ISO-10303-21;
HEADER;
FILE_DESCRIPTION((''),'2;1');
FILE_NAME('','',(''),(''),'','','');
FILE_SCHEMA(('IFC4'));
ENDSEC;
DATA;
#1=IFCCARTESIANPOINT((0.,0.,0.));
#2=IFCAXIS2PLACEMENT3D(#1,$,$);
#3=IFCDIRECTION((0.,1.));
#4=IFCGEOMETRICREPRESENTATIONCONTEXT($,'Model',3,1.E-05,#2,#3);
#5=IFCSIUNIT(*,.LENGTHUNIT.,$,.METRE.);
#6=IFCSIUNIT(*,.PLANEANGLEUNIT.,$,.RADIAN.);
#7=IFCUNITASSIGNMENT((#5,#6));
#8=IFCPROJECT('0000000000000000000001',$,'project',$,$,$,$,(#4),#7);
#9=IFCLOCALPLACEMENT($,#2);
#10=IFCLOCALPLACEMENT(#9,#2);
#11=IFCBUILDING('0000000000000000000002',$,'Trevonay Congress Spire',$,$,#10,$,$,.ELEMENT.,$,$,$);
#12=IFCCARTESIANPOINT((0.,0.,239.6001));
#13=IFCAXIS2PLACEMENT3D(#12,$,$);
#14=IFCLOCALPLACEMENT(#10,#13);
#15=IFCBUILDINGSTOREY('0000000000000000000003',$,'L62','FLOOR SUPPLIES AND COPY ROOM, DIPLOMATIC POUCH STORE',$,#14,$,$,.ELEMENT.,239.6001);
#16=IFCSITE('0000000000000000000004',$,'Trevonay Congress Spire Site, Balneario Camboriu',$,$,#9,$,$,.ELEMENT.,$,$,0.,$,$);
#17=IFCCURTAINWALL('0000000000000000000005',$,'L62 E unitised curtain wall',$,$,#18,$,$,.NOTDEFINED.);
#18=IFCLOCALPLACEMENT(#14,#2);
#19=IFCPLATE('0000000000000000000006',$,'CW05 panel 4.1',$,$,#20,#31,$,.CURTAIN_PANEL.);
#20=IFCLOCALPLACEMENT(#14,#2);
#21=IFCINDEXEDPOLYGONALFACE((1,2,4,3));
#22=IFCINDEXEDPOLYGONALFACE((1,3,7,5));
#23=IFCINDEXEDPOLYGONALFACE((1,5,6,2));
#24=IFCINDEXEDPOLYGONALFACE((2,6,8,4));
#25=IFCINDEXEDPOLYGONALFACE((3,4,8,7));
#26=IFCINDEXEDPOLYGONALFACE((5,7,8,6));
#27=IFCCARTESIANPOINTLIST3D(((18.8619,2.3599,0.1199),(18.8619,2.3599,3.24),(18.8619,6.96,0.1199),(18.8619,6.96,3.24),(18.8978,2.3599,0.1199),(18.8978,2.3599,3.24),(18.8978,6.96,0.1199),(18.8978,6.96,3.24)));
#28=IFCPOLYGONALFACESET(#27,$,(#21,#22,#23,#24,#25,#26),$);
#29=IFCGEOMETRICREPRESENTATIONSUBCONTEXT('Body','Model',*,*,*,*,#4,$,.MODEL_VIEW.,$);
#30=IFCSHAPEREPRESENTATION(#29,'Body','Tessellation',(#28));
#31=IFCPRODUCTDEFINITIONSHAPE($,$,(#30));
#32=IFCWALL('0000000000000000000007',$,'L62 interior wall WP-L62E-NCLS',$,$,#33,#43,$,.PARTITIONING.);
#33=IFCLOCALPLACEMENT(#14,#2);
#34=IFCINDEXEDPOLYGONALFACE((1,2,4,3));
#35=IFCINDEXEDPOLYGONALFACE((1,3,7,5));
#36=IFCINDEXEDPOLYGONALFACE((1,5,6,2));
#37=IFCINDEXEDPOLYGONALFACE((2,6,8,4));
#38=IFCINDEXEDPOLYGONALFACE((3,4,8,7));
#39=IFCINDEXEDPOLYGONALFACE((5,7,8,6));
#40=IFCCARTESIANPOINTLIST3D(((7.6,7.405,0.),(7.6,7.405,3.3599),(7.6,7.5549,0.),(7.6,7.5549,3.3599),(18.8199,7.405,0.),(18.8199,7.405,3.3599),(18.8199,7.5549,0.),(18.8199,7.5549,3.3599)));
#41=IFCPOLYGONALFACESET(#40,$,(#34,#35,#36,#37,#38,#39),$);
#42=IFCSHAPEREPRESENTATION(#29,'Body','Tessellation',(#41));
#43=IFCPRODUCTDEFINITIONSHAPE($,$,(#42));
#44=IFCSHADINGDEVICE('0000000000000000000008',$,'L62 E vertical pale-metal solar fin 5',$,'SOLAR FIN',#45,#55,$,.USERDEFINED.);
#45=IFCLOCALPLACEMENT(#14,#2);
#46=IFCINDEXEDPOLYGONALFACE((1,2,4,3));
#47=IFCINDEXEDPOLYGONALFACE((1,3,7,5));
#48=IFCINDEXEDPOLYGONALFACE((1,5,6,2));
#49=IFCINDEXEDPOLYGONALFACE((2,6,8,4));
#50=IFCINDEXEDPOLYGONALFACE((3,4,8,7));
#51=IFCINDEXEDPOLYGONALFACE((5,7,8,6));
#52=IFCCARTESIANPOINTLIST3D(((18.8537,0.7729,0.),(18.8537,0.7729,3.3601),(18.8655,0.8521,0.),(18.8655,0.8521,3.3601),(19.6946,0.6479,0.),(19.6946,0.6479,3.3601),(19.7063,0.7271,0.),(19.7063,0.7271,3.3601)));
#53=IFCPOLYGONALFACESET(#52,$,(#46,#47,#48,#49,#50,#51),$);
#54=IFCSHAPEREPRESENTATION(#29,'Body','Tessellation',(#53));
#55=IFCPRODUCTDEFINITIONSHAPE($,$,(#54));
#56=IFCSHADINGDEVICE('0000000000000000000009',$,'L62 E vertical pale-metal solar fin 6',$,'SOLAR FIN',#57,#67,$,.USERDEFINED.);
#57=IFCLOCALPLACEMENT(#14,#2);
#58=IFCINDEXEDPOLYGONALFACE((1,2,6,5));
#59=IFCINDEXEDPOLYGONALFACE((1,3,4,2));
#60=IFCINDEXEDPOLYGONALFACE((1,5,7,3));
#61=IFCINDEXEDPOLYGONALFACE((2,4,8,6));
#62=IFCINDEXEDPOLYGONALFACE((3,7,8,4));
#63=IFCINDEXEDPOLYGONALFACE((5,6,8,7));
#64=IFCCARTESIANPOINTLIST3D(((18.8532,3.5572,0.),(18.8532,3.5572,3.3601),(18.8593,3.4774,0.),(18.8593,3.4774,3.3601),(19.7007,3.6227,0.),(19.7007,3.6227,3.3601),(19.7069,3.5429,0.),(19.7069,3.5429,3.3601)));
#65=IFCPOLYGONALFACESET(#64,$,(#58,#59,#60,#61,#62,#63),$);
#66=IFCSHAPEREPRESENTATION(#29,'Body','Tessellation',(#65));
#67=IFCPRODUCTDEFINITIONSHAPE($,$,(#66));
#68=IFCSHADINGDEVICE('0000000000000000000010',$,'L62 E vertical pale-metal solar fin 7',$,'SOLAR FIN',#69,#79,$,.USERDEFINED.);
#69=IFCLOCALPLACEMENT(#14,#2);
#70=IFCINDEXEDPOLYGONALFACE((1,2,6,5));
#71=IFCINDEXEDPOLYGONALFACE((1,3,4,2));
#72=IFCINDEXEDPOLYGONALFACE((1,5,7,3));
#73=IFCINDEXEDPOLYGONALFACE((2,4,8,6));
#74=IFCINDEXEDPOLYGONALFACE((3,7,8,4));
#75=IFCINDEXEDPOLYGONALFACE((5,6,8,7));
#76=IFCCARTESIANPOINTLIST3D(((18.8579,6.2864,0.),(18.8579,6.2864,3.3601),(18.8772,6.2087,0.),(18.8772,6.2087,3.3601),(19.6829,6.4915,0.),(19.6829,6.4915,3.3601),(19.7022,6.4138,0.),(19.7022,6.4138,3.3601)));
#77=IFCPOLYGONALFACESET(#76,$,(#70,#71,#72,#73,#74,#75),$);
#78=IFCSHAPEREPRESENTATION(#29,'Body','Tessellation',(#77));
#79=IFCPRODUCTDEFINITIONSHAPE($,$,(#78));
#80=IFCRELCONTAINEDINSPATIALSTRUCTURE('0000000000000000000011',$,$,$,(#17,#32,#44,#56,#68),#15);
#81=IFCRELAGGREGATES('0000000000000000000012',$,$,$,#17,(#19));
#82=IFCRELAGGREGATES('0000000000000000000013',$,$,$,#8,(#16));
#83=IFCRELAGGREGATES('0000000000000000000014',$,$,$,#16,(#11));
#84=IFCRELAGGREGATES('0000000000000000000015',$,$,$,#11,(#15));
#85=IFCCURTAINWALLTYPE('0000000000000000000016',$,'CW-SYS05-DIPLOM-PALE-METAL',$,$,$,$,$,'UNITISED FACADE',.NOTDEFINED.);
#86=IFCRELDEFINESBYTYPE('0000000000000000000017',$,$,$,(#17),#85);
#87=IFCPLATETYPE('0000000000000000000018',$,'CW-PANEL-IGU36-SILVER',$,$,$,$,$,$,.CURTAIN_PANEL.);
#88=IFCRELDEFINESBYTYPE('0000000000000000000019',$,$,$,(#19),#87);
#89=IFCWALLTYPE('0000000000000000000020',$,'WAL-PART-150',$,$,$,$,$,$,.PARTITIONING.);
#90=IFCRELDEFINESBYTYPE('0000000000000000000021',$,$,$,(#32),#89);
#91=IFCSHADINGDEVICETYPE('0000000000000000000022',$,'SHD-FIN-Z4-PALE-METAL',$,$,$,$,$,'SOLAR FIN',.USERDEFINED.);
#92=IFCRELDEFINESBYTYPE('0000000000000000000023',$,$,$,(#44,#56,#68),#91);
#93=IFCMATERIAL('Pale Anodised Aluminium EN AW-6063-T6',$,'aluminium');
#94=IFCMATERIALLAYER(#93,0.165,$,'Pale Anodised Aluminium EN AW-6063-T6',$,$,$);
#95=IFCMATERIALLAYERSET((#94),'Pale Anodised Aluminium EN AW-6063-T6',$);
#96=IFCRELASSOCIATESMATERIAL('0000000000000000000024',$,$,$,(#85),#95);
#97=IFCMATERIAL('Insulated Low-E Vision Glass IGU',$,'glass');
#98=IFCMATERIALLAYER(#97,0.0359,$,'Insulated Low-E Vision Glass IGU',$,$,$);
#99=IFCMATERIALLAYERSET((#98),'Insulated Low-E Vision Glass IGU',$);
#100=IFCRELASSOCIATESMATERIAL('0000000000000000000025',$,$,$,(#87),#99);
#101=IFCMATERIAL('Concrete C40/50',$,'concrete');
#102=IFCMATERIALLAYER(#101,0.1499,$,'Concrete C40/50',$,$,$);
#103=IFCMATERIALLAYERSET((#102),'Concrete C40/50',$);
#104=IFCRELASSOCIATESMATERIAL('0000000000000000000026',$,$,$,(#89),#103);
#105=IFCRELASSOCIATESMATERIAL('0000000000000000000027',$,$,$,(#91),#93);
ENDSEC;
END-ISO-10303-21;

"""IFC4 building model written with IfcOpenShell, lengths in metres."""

from ifc_helpers import new_model, si_unit, direction, frame, frame_2d, origin, origin_2d, place, context, subcontext, project, spatial, rectangle, extrude, material, layer, layer_set, type_object, element, aggregate, save


model = new_model("IFC4")

# Units and contexts
model_context = context("Model", 3, precision=1e-05, world=origin(), true_north=direction((0.0, 1.0)))
body_context = subcontext(model_context, "Body", "Model", "MODEL_VIEW")
ifc_project = project(units=[si_unit("LENGTHUNIT", "METRE"), si_unit("PLANEANGLEUNIT", "RADIAN")], contexts=[model_context])

# Site, building, storey
site_placement = place(None, origin())
site = spatial("IfcSite", under=ifc_project, at=site_placement, Name="Trevonay Congress Spire Site, Balneario Camboriu", CompositionType="ELEMENT", RefElevation=0.0)
building_placement = place(site_placement, origin())
building = spatial("IfcBuilding", under=site, at=building_placement, Name="Trevonay Congress Spire", CompositionType="ELEMENT")
storey_placement = place(building_placement, frame((0.0, 0.0, 239.6001)))
storey = spatial("IfcBuildingStorey", under=building, at=storey_placement, Name="L62", Description="FLOOR SUPPLIES AND COPY ROOM, DIPLOMATIC POUCH STORE", CompositionType="ELEMENT", Elevation=239.6001)

# Curtain wall, plate
ifc_material_1 = material(Name="Pale Anodised Aluminium EN AW-6063-T6", Category="aluminium")
ifc_layer_1 = layer(ifc_material_1, 0.165, Name="Pale Anodised Aluminium EN AW-6063-T6")
ifc_layer_set_1 = layer_set([ifc_layer_1], Name="Pale Anodised Aluminium EN AW-6063-T6")
curtain_wall_type = type_object("IfcCurtainWallType", Name="CW-SYS05-DIPLOM-PALE-METAL", ElementType="UNITISED FACADE", PredefinedType="NOTDEFINED", material=ifc_layer_set_1)
curtain_wall_placement = place(storey_placement, origin())
curtain_wall = element("IfcCurtainWall", 1, at=curtain_wall_placement, inside=storey, type_object=curtain_wall_type, Name="L62 E unitised curtain wall", PredefinedType="NOTDEFINED")
ifc_material_2 = material(Name="Insulated Low-E Vision Glass IGU", Category="glass")
ifc_layer_2 = layer(ifc_material_2, 0.0359, Name="Insulated Low-E Vision Glass IGU")
ifc_layer_set_2 = layer_set([ifc_layer_2], Name="Insulated Low-E Vision Glass IGU")
plate_type = type_object("IfcPlateType", Name="CW-PANEL-IGU36-SILVER", PredefinedType="CURTAIN_PANEL", material=ifc_layer_set_2)
plate_1_placement = place(storey_placement, frame((18.8799, 4.6599, 0.1199), z_axis=(0.0, 0.0, 1.0), x_axis=(0.0, 1.0, 0.0)))
plate_1 = element("IfcPlate", 2, at=plate_1_placement, type_object=plate_type, Name="CW05 panel 4.1", PredefinedType="CURTAIN_PANEL", context=body_context, shape_type="SweptSolid", body=[
    extrude(rectangle(XDim=4.6001, YDim=0.0359, at=origin_2d()), origin(), (0.0, 0.0, 1.0), 3.1201),
])
aggregate(curtain_wall, [plate_1])

# Wall
ifc_material_3 = material(Name="Concrete C40/50", Category="concrete")
ifc_layer_3 = layer(ifc_material_3, 0.1499, Name="Concrete C40/50")
ifc_layer_set_3 = layer_set([ifc_layer_3], Name="Concrete C40/50")
wall_type = type_object("IfcWallType", Name="WAL-PART-150", PredefinedType="PARTITIONING", material=ifc_layer_set_3)
wall_placement = place(storey_placement, frame((7.6001, 7.48, 0.0), z_axis=(0.0, 0.0, 1.0), x_axis=(1.0, 0.0, 0.0)))
element("IfcWall", 3, at=wall_placement, inside=storey, type_object=wall_type, Name="L62 interior wall WP-L62E-NCLS", PredefinedType="PARTITIONING", context=body_context, shape_type="SweptSolid", body=[
    extrude(rectangle(XDim=11.22, YDim=0.1499, at=frame_2d((5.6099, 0.0))), origin(), (0.0, 0.0, 1.0), 3.3599),
])

# Shading devices
shading_device_type = type_object("IfcShadingDeviceType", Name="SHD-FIN-Z4-PALE-METAL", ElementType="SOLAR FIN", PredefinedType="USERDEFINED", material=ifc_material_1)
for number, where, z_axis, x_axis, name in (
    (4, (19.28, 0.75, 0.0), (0.0, 0.0, 1.0), (0.146946, 0.989144, 0.0), "L62 E vertical pale-metal solar fin 5"),
    (5, (19.28, 3.55, 0.0), (0.0, 0.0, 1.0), (-0.077067, 0.997026, 0.0), "L62 E vertical pale-metal solar fin 6"),
    (6, (19.28, 6.3501, 0.0), (0.0, 0.0, 1.0), (-0.241244, 0.970464, 0.0), "L62 E vertical pale-metal solar fin 7"),
):
    element("IfcShadingDevice", number, at=place(storey_placement, frame(where, z_axis=z_axis, x_axis=x_axis)), inside=storey, type_object=shading_device_type, Name=name, ObjectType="SOLAR FIN", PredefinedType="USERDEFINED", context=body_context, shape_type="SweptSolid", body=[
        extrude(rectangle(XDim=0.0801, YDim=0.8501, at=origin_2d()), origin(), (0.0, 0.0, 1.0), 3.3601),
    ])

save(model, "model.ifc")
